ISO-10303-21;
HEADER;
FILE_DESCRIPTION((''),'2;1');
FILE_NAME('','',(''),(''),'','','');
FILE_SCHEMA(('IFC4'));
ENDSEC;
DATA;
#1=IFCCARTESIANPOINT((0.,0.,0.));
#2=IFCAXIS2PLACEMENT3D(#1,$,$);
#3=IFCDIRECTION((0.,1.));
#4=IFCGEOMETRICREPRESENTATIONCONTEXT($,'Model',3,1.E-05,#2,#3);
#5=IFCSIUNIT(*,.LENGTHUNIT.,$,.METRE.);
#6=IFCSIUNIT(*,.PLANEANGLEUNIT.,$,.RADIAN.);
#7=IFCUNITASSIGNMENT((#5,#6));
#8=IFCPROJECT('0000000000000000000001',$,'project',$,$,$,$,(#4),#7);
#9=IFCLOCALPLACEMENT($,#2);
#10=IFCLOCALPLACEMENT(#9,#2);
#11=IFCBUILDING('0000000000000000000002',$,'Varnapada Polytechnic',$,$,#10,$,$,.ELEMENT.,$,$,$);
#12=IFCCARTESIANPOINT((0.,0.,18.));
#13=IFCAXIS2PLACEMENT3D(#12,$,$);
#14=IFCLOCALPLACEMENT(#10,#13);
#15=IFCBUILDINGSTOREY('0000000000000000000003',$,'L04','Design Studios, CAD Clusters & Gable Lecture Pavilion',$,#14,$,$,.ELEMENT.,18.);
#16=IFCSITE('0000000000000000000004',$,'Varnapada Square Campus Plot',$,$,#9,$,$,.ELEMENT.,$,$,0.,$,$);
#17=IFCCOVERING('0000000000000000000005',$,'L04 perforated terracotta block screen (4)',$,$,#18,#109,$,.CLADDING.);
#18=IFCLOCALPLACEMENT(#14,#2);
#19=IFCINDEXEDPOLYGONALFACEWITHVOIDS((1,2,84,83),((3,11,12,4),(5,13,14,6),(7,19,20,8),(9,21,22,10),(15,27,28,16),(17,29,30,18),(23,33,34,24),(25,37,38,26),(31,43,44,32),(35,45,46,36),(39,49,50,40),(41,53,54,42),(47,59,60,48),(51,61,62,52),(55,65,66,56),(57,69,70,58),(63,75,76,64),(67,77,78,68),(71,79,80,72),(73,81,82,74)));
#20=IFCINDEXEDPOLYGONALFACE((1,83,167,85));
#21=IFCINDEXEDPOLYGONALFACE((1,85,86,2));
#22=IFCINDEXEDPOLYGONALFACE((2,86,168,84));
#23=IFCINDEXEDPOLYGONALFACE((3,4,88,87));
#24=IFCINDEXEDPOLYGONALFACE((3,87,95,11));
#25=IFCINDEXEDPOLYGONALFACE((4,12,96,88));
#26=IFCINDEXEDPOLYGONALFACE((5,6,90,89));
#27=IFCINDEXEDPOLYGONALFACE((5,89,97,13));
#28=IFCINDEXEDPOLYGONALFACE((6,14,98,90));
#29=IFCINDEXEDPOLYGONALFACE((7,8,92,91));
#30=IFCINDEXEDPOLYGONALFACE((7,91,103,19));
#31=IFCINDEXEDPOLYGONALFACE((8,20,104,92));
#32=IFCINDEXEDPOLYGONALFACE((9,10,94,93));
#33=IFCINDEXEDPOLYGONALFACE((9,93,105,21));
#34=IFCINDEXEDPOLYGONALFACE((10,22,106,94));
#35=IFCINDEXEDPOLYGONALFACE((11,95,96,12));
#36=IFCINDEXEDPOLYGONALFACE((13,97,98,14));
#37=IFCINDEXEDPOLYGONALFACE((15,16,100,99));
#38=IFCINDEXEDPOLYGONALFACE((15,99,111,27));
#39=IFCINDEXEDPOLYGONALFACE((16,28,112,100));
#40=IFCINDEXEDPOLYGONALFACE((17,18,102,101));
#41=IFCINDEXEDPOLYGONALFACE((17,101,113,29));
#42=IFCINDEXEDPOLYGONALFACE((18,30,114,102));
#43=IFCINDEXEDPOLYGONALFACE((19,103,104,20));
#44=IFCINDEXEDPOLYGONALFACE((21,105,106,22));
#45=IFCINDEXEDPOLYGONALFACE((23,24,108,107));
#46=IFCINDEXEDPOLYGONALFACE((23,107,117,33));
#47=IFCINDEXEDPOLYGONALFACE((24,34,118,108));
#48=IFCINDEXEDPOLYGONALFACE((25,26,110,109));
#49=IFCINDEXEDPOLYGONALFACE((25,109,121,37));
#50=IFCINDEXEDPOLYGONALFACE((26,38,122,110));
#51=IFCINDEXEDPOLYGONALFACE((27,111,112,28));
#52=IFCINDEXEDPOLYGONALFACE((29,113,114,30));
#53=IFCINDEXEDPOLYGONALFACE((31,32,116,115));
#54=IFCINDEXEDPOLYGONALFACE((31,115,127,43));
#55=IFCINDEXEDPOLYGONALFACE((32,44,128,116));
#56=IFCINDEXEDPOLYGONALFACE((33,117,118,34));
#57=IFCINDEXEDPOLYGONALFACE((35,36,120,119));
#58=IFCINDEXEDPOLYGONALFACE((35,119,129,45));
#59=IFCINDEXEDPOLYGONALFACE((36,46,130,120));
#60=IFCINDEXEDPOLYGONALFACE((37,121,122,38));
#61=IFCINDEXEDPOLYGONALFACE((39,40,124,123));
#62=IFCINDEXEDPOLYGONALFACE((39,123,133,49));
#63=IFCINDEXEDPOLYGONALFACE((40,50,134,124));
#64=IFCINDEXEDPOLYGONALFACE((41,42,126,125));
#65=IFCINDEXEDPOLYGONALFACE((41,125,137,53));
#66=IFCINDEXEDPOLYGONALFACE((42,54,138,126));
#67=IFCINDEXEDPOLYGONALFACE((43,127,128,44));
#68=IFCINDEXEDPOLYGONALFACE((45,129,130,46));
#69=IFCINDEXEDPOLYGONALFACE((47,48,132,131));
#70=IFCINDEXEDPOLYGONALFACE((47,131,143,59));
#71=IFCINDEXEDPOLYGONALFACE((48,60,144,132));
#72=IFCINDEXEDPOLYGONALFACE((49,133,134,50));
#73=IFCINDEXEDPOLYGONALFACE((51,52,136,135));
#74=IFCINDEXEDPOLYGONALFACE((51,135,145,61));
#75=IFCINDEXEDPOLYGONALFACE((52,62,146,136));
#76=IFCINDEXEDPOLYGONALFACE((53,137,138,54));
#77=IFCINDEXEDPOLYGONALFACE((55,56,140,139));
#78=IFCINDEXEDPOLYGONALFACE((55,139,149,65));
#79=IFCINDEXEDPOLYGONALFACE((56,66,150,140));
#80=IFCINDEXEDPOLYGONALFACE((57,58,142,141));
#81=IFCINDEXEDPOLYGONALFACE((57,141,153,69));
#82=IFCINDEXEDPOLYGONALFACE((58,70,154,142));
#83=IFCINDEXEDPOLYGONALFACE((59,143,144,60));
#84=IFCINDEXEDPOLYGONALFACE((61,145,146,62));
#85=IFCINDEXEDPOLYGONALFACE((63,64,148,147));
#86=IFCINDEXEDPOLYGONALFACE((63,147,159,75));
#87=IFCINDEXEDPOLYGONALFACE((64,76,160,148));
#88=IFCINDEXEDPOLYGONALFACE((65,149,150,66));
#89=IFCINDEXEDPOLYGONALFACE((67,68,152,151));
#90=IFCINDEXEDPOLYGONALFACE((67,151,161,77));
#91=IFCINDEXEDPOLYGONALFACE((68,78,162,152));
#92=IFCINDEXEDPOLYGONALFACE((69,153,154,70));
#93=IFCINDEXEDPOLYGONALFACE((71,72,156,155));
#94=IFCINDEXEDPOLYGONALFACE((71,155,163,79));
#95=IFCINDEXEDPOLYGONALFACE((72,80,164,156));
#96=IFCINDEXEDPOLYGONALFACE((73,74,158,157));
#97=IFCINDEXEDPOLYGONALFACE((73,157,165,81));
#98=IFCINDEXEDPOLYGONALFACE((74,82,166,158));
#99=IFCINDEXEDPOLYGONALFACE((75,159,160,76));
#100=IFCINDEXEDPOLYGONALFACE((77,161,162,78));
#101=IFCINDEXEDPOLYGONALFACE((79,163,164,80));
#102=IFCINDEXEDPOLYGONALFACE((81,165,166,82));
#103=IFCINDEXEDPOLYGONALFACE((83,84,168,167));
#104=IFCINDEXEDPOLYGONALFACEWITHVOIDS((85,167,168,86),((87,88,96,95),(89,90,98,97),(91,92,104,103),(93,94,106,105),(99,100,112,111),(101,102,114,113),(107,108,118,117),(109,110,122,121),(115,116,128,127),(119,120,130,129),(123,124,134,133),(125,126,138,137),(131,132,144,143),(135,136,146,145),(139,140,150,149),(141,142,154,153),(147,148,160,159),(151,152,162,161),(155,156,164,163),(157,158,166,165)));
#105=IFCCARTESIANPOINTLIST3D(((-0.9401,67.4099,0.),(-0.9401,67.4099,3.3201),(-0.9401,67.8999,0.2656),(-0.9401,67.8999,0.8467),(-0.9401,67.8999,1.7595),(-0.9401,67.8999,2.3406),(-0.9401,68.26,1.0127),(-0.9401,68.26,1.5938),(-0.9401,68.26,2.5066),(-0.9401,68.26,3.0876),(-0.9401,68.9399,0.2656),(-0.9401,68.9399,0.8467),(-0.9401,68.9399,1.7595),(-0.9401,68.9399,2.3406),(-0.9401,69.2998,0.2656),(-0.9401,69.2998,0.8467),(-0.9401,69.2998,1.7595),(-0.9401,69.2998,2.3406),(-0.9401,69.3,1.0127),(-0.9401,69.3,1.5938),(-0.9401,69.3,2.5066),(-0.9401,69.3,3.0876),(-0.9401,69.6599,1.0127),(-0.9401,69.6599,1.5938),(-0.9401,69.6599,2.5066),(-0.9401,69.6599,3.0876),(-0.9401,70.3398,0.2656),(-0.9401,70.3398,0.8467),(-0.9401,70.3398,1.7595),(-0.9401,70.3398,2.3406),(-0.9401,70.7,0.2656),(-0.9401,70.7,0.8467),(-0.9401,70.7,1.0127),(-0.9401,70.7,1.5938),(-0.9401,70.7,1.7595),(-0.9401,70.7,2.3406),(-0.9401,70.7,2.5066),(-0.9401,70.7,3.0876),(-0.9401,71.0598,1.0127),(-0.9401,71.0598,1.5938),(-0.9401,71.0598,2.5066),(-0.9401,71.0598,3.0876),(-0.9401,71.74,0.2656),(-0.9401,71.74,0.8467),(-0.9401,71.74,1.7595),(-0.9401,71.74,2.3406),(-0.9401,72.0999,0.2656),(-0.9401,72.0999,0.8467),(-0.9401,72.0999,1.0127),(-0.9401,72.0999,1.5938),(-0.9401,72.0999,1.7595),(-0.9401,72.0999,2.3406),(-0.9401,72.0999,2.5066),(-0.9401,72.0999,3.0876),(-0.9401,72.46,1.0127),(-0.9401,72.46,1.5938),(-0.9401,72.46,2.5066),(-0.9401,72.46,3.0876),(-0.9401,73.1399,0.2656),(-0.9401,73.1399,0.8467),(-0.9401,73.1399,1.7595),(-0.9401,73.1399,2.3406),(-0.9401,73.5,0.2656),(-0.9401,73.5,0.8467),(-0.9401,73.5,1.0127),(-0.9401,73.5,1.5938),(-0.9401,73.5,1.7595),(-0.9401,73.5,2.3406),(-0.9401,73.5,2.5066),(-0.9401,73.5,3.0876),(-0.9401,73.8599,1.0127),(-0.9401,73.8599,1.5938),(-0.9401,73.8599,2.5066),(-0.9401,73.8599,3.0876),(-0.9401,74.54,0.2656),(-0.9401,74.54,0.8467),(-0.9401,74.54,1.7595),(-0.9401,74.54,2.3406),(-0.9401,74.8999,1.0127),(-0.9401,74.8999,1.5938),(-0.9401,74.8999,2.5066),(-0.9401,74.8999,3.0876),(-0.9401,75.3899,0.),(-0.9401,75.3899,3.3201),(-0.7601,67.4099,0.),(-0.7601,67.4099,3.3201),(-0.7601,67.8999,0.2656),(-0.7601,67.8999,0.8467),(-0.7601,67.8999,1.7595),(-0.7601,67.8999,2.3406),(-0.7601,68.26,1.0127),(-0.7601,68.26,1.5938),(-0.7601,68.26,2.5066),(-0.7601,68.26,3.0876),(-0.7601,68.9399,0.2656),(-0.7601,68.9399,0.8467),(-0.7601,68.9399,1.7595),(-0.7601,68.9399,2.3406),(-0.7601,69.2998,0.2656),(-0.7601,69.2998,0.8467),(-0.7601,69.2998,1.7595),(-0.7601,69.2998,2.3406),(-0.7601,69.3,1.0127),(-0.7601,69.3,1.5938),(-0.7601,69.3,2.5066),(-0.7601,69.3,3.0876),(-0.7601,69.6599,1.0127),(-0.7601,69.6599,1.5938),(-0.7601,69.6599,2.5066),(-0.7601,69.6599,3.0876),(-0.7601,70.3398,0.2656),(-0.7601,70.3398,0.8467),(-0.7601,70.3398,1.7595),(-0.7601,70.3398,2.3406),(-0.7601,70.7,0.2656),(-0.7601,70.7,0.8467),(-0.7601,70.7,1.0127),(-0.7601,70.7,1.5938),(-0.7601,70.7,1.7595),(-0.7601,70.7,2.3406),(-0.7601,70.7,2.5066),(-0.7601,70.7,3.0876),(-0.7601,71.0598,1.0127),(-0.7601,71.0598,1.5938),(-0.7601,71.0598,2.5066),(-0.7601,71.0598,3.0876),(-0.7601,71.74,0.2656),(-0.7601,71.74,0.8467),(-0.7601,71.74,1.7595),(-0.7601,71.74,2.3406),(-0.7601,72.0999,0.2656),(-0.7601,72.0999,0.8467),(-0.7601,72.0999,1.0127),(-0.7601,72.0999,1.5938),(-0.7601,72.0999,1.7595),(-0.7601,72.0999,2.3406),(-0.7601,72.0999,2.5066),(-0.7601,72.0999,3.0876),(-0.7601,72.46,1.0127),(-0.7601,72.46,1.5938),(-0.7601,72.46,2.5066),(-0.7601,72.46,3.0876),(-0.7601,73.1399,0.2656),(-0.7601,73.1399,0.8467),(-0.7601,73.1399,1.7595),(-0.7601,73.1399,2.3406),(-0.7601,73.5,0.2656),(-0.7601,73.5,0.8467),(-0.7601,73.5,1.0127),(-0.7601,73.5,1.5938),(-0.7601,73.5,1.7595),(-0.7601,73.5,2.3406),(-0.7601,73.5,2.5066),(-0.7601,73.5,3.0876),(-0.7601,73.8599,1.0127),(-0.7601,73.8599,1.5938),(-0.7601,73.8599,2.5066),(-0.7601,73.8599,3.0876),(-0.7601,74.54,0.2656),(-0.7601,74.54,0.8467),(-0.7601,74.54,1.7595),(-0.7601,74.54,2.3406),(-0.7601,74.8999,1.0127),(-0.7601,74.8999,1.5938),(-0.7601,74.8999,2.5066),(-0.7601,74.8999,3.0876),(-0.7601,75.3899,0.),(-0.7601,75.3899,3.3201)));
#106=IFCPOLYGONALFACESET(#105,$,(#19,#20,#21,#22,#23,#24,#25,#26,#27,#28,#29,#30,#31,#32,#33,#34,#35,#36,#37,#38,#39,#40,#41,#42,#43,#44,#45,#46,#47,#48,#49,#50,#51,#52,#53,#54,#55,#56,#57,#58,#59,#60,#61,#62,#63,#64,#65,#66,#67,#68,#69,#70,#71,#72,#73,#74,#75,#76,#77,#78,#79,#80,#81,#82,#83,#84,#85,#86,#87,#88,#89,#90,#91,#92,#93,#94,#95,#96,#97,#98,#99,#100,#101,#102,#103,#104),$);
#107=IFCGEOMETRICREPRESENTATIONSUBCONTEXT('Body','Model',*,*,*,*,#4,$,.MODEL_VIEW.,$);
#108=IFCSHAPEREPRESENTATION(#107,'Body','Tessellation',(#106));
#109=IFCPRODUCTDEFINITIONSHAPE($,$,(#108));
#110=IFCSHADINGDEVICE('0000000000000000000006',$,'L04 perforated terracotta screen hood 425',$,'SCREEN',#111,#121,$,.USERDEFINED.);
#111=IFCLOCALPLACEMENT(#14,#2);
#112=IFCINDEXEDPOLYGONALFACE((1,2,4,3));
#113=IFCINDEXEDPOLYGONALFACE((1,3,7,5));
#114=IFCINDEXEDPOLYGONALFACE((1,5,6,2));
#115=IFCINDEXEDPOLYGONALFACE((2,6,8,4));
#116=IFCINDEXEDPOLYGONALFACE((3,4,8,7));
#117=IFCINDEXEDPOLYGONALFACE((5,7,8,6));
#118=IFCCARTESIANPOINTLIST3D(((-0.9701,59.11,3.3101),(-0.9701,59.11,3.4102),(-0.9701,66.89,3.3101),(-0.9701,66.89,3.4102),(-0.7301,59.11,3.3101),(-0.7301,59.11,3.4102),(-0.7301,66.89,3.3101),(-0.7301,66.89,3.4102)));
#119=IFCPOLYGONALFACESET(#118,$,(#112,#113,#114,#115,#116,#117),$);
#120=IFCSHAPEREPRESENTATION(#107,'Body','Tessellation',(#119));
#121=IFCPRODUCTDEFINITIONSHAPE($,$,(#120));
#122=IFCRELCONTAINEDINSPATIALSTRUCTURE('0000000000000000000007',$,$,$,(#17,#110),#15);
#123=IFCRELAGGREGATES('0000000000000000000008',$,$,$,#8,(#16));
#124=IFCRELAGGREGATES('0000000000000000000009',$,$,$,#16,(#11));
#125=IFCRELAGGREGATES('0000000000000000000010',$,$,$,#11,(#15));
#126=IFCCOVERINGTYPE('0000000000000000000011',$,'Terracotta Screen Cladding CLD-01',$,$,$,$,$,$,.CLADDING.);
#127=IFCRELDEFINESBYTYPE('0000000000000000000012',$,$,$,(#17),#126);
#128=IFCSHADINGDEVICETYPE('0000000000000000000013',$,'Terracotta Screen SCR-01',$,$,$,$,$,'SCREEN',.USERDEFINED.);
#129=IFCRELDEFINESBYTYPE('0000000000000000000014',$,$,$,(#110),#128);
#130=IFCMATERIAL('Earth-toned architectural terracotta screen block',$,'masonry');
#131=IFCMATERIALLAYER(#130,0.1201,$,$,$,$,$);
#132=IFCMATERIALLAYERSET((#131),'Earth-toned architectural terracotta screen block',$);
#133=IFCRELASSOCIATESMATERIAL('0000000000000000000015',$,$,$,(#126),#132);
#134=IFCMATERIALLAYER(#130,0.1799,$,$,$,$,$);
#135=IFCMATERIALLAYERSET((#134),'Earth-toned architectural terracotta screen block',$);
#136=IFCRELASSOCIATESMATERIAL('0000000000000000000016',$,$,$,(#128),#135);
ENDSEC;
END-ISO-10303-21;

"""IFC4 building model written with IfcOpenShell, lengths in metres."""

from ifc_helpers import new_model, si_unit, direction, frame, frame_2d, origin, origin_2d, place, context, subcontext, project, spatial, rectangle, extrude, material, layer, layer_set, type_object, element, save


model = new_model("IFC4")

# Units and contexts
model_context = context("Model", 3, precision=1e-05, world=origin(), true_north=direction((0.0, 1.0)))
body_context = subcontext(model_context, "Body", "Model", "MODEL_VIEW")
ifc_project = project(units=[si_unit("LENGTHUNIT", "METRE"), si_unit("PLANEANGLEUNIT", "RADIAN")], contexts=[model_context])

# Site, building, storey
site_placement = place(None, origin())
site = spatial("IfcSite", under=ifc_project, at=site_placement, Name="Varnapada Square Campus Plot", CompositionType="ELEMENT", RefElevation=0.0)
building_placement = place(site_placement, origin())
building = spatial("IfcBuilding", under=site, at=building_placement, Name="Varnapada Polytechnic", CompositionType="ELEMENT")
storey_placement = place(building_placement, frame((0.0, 0.0, 18.0)))
storey = spatial("IfcBuildingStorey", under=building, at=storey_placement, Name="L04", Description="Design Studios, CAD Clusters & Gable Lecture Pavilion", CompositionType="ELEMENT", Elevation=18.0)

# Covering, openings
ifc_material_1 = material(Name="Earth-toned architectural terracotta screen block", Category="masonry")
ifc_layer_1 = layer(ifc_material_1, 0.1201)
ifc_layer_set_1 = layer_set([ifc_layer_1], Name="Earth-toned architectural terracotta screen block")
covering_type = type_object("IfcCoveringType", Name="Terracotta Screen Cladding CLD-01", PredefinedType="CLADDING", material=ifc_layer_set_1)
covering_placement = place(storey_placement, frame((-0.8501, 67.4099, 0.0), z_axis=(0.0, 0.0, 1.0), x_axis=(0.0, 1.0, 0.0)))
covering = element("IfcCovering", 1, at=covering_placement, inside=storey, type_object=covering_type, Name="L04 perforated terracotta block screen (4)", PredefinedType="CLADDING", context=body_context, shape_type="SweptSolid", body=[
    extrude(rectangle(XDim=7.98, YDim=0.1799, at=frame_2d((3.99, 0.0))), origin(), (0.0, 0.0, 1.0), 3.3201),
])
opening_1_placement = place(covering_placement, frame((0.49, 0.0, 0.2656)))
element("IfcOpeningElement", 2, at=opening_1_placement, cuts=covering, PredefinedType="OPENING", context=body_context, shape_type="SweptSolid", body=[
    extrude(rectangle(XDim=1.04, YDim=0.5811, at=frame_2d((0.52, 0.2905))), frame((0.0, 0.0999, 0.0), z_axis=(0.0, -1.0, 0.0), x_axis=(1.0, 0.0, 0.0)), (0.0, 0.0, 1.0), 0.2),
])
opening_2_placement = place(covering_placement, frame((1.8899, 0.0, 0.2656)))
element("IfcOpeningElement", 3, at=opening_2_placement, cuts=covering, PredefinedType="OPENING", context=body_context, shape_type="SweptSolid", body=[
    extrude(rectangle(XDim=1.04, YDim=0.5811, at=frame_2d((0.52, 0.2905))), frame((0.0, 0.0999, 0.0), z_axis=(0.0, -1.0, 0.0), x_axis=(1.0, 0.0, 0.0)), (0.0, 0.0, 1.0), 0.2),
])
opening_3_placement = place(covering_placement, frame((3.29, 0.0, 0.2656)))
element("IfcOpeningElement", 4, at=opening_3_placement, cuts=covering, PredefinedType="OPENING", context=body_context, shape_type="SweptSolid", body=[
    extrude(rectangle(XDim=1.04, YDim=0.5811, at=frame_2d((0.52, 0.2905))), frame((0.0, 0.0999, 0.0), z_axis=(0.0, -1.0, 0.0), x_axis=(1.0, 0.0, 0.0)), (0.0, 0.0, 1.0), 0.2),
])
opening_4_placement = place(covering_placement, frame((4.6899, 0.0, 0.2656)))
element("IfcOpeningElement", 5, at=opening_4_placement, cuts=covering, PredefinedType="OPENING", context=body_context, shape_type="SweptSolid", body=[
    extrude(rectangle(XDim=1.04, YDim=0.5811, at=frame_2d((0.52, 0.2905))), frame((0.0, 0.0999, 0.0), z_axis=(0.0, -1.0, 0.0), x_axis=(1.0, 0.0, 0.0)), (0.0, 0.0, 1.0), 0.2),
])
opening_5_placement = place(covering_placement, frame((6.0901, 0.0, 0.2656)))
element("IfcOpeningElement", 6, at=opening_5_placement, cuts=covering, PredefinedType="OPENING", context=body_context, shape_type="SweptSolid", body=[
    extrude(rectangle(XDim=1.04, YDim=0.5811, at=frame_2d((0.52, 0.2905))), frame((0.0, 0.0999, 0.0), z_axis=(0.0, -1.0, 0.0), x_axis=(1.0, 0.0, 0.0)), (0.0, 0.0, 1.0), 0.2),
])
opening_6_placement = place(covering_placement, frame((0.8501, 0.0, 1.0127)))
element("IfcOpeningElement", 7, at=opening_6_placement, cuts=covering, PredefinedType="OPENING", context=body_context, shape_type="SweptSolid", body=[
    extrude(rectangle(XDim=1.04, YDim=0.5811, at=frame_2d((0.52, 0.2905))), frame((0.0, 0.0999, 0.0), z_axis=(0.0, -1.0, 0.0), x_axis=(1.0, 0.0, 0.0)), (0.0, 0.0, 1.0), 0.2),
])
opening_7_placement = place(covering_placement, frame((2.25, 0.0, 1.0127)))
element("IfcOpeningElement", 8, at=opening_7_placement, cuts=covering, PredefinedType="OPENING", context=body_context, shape_type="SweptSolid", body=[
    extrude(rectangle(XDim=1.04, YDim=0.5811, at=frame_2d((0.52, 0.2905))), frame((0.0, 0.0999, 0.0), z_axis=(0.0, -1.0, 0.0), x_axis=(1.0, 0.0, 0.0)), (0.0, 0.0, 1.0), 0.2),
])
opening_8_placement = place(covering_placement, frame((3.6499, 0.0, 1.0127)))
element("IfcOpeningElement", 9, at=opening_8_placement, cuts=covering, PredefinedType="OPENING", context=body_context, shape_type="SweptSolid", body=[
    extrude(rectangle(XDim=1.04, YDim=0.5811, at=frame_2d((0.52, 0.2905))), frame((0.0, 0.0999, 0.0), z_axis=(0.0, -1.0, 0.0), x_axis=(1.0, 0.0, 0.0)), (0.0, 0.0, 1.0), 0.2),
])
opening_9_placement = place(covering_placement, frame((5.05, 0.0, 1.0127)))
element("IfcOpeningElement", 10, at=opening_9_placement, cuts=covering, PredefinedType="OPENING", context=body_context, shape_type="SweptSolid", body=[
    extrude(rectangle(XDim=1.04, YDim=0.5811, at=frame_2d((0.52, 0.2905))), frame((0.0, 0.0999, 0.0), z_axis=(0.0, -1.0, 0.0), x_axis=(1.0, 0.0, 0.0)), (0.0, 0.0, 1.0), 0.2),
])
opening_10_placement = place(covering_placement, frame((6.45, 0.0, 1.0127)))
element("IfcOpeningElement", 11, at=opening_10_placement, cuts=covering, PredefinedType="OPENING", context=body_context, shape_type="SweptSolid", body=[
    extrude(rectangle(XDim=1.04, YDim=0.5811, at=frame_2d((0.52, 0.2905))), frame((0.0, 0.0999, 0.0), z_axis=(0.0, -1.0, 0.0), x_axis=(1.0, 0.0, 0.0)), (0.0, 0.0, 1.0), 0.2),
])
opening_11_placement = place(covering_placement, frame((0.49, 0.0, 1.7595)))
element("IfcOpeningElement", 12, at=opening_11_placement, cuts=covering, PredefinedType="OPENING", context=body_context, shape_type="SweptSolid", body=[
    extrude(rectangle(XDim=1.04, YDim=0.5811, at=frame_2d((0.52, 0.2905))), frame((0.0, 0.0999, 0.0), z_axis=(0.0, -1.0, 0.0), x_axis=(1.0, 0.0, 0.0)), (0.0, 0.0, 1.0), 0.2),
])
opening_12_placement = place(covering_placement, frame((1.8899, 0.0, 1.7595)))
element("IfcOpeningElement", 13, at=opening_12_placement, cuts=covering, PredefinedType="OPENING", context=body_context, shape_type="SweptSolid", body=[
    extrude(rectangle(XDim=1.04, YDim=0.5811, at=frame_2d((0.52, 0.2905))), frame((0.0, 0.0999, 0.0), z_axis=(0.0, -1.0, 0.0), x_axis=(1.0, 0.0, 0.0)), (0.0, 0.0, 1.0), 0.2),
])
opening_13_placement = place(covering_placement, frame((3.29, 0.0, 1.7595)))
element("IfcOpeningElement", 14, at=opening_13_placement, cuts=covering, PredefinedType="OPENING", context=body_context, shape_type="SweptSolid", body=[
    extrude(rectangle(XDim=1.04, YDim=0.5811, at=frame_2d((0.52, 0.2905))), frame((0.0, 0.0999, 0.0), z_axis=(0.0, -1.0, 0.0), x_axis=(1.0, 0.0, 0.0)), (0.0, 0.0, 1.0), 0.2),
])
opening_14_placement = place(covering_placement, frame((4.6899, 0.0, 1.7595)))
element("IfcOpeningElement", 15, at=opening_14_placement, cuts=covering, PredefinedType="OPENING", context=body_context, shape_type="SweptSolid", body=[
    extrude(rectangle(XDim=1.04, YDim=0.5811, at=frame_2d((0.52, 0.2905))), frame((0.0, 0.0999, 0.0), z_axis=(0.0, -1.0, 0.0), x_axis=(1.0, 0.0, 0.0)), (0.0, 0.0, 1.0), 0.2),
])
opening_15_placement = place(covering_placement, frame((6.0901, 0.0, 1.7595)))
element("IfcOpeningElement", 16, at=opening_15_placement, cuts=covering, PredefinedType="OPENING", context=body_context, shape_type="SweptSolid", body=[
    extrude(rectangle(XDim=1.04, YDim=0.5811, at=frame_2d((0.52, 0.2905))), frame((0.0, 0.0999, 0.0), z_axis=(0.0, -1.0, 0.0), x_axis=(1.0, 0.0, 0.0)), (0.0, 0.0, 1.0), 0.2),
])
opening_16_placement = place(covering_placement, frame((0.8501, 0.0, 2.5066)))
element("IfcOpeningElement", 17, at=opening_16_placement, cuts=covering, PredefinedType="OPENING", context=body_context, shape_type="SweptSolid", body=[
    extrude(rectangle(XDim=1.04, YDim=0.5811, at=frame_2d((0.52, 0.2905))), frame((0.0, 0.0999, 0.0), z_axis=(0.0, -1.0, 0.0), x_axis=(1.0, 0.0, 0.0)), (0.0, 0.0, 1.0), 0.2),
])
opening_17_placement = place(covering_placement, frame((2.25, 0.0, 2.5066)))
element("IfcOpeningElement", 18, at=opening_17_placement, cuts=covering, PredefinedType="OPENING", context=body_context, shape_type="SweptSolid", body=[
    extrude(rectangle(XDim=1.04, YDim=0.5811, at=frame_2d((0.52, 0.2905))), frame((0.0, 0.0999, 0.0), z_axis=(0.0, -1.0, 0.0), x_axis=(1.0, 0.0, 0.0)), (0.0, 0.0, 1.0), 0.2),
])
opening_18_placement = place(covering_placement, frame((3.6499, 0.0, 2.5066)))
element("IfcOpeningElement", 19, at=opening_18_placement, cuts=covering, PredefinedType="OPENING", context=body_context, shape_type="SweptSolid", body=[
    extrude(rectangle(XDim=1.04, YDim=0.5811, at=frame_2d((0.52, 0.2905))), frame((0.0, 0.0999, 0.0), z_axis=(0.0, -1.0, 0.0), x_axis=(1.0, 0.0, 0.0)), (0.0, 0.0, 1.0), 0.2),
])
opening_19_placement = place(covering_placement, frame((5.05, 0.0, 2.5066)))
element("IfcOpeningElement", 20, at=opening_19_placement, cuts=covering, PredefinedType="OPENING", context=body_context, shape_type="SweptSolid", body=[
    extrude(rectangle(XDim=1.04, YDim=0.5811, at=frame_2d((0.52, 0.2905))), frame((0.0, 0.0999, 0.0), z_axis=(0.0, -1.0, 0.0), x_axis=(1.0, 0.0, 0.0)), (0.0, 0.0, 1.0), 0.2),
])
opening_20_placement = place(covering_placement, frame((6.45, 0.0, 2.5066)))
element("IfcOpeningElement", 21, at=opening_20_placement, cuts=covering, PredefinedType="OPENING", context=body_context, shape_type="SweptSolid", body=[
    extrude(rectangle(XDim=1.04, YDim=0.5811, at=frame_2d((0.52, 0.2905))), frame((0.0, 0.0999, 0.0), z_axis=(0.0, -1.0, 0.0), x_axis=(1.0, 0.0, 0.0)), (0.0, 0.0, 1.0), 0.2),
])

# Shading device
ifc_layer_2 = layer(ifc_material_1, 0.1799)
ifc_layer_set_2 = layer_set([ifc_layer_2], Name="Earth-toned architectural terracotta screen block")
shading_device_type = type_object("IfcShadingDeviceType", Name="Terracotta Screen SCR-01", ElementType="SCREEN", PredefinedType="USERDEFINED", material=ifc_layer_set_2)
shading_device_placement = place(storey_placement, frame((-0.8501, 63.0, 3.3101), z_axis=(0.0, 0.0, 1.0), x_axis=(0.0, 1.0, 0.0)))
element("IfcShadingDevice", 22, at=shading_device_placement, inside=storey, type_object=shading_device_type, Name="L04 perforated terracotta screen hood 425", ObjectType="SCREEN", PredefinedType="USERDEFINED", context=body_context, shape_type="SweptSolid", body=[
    extrude(rectangle(XDim=7.78, YDim=0.24, at=origin_2d()), origin(), (0.0, 0.0, 1.0), 0.1001),
])

save(model, "model.ifc")
